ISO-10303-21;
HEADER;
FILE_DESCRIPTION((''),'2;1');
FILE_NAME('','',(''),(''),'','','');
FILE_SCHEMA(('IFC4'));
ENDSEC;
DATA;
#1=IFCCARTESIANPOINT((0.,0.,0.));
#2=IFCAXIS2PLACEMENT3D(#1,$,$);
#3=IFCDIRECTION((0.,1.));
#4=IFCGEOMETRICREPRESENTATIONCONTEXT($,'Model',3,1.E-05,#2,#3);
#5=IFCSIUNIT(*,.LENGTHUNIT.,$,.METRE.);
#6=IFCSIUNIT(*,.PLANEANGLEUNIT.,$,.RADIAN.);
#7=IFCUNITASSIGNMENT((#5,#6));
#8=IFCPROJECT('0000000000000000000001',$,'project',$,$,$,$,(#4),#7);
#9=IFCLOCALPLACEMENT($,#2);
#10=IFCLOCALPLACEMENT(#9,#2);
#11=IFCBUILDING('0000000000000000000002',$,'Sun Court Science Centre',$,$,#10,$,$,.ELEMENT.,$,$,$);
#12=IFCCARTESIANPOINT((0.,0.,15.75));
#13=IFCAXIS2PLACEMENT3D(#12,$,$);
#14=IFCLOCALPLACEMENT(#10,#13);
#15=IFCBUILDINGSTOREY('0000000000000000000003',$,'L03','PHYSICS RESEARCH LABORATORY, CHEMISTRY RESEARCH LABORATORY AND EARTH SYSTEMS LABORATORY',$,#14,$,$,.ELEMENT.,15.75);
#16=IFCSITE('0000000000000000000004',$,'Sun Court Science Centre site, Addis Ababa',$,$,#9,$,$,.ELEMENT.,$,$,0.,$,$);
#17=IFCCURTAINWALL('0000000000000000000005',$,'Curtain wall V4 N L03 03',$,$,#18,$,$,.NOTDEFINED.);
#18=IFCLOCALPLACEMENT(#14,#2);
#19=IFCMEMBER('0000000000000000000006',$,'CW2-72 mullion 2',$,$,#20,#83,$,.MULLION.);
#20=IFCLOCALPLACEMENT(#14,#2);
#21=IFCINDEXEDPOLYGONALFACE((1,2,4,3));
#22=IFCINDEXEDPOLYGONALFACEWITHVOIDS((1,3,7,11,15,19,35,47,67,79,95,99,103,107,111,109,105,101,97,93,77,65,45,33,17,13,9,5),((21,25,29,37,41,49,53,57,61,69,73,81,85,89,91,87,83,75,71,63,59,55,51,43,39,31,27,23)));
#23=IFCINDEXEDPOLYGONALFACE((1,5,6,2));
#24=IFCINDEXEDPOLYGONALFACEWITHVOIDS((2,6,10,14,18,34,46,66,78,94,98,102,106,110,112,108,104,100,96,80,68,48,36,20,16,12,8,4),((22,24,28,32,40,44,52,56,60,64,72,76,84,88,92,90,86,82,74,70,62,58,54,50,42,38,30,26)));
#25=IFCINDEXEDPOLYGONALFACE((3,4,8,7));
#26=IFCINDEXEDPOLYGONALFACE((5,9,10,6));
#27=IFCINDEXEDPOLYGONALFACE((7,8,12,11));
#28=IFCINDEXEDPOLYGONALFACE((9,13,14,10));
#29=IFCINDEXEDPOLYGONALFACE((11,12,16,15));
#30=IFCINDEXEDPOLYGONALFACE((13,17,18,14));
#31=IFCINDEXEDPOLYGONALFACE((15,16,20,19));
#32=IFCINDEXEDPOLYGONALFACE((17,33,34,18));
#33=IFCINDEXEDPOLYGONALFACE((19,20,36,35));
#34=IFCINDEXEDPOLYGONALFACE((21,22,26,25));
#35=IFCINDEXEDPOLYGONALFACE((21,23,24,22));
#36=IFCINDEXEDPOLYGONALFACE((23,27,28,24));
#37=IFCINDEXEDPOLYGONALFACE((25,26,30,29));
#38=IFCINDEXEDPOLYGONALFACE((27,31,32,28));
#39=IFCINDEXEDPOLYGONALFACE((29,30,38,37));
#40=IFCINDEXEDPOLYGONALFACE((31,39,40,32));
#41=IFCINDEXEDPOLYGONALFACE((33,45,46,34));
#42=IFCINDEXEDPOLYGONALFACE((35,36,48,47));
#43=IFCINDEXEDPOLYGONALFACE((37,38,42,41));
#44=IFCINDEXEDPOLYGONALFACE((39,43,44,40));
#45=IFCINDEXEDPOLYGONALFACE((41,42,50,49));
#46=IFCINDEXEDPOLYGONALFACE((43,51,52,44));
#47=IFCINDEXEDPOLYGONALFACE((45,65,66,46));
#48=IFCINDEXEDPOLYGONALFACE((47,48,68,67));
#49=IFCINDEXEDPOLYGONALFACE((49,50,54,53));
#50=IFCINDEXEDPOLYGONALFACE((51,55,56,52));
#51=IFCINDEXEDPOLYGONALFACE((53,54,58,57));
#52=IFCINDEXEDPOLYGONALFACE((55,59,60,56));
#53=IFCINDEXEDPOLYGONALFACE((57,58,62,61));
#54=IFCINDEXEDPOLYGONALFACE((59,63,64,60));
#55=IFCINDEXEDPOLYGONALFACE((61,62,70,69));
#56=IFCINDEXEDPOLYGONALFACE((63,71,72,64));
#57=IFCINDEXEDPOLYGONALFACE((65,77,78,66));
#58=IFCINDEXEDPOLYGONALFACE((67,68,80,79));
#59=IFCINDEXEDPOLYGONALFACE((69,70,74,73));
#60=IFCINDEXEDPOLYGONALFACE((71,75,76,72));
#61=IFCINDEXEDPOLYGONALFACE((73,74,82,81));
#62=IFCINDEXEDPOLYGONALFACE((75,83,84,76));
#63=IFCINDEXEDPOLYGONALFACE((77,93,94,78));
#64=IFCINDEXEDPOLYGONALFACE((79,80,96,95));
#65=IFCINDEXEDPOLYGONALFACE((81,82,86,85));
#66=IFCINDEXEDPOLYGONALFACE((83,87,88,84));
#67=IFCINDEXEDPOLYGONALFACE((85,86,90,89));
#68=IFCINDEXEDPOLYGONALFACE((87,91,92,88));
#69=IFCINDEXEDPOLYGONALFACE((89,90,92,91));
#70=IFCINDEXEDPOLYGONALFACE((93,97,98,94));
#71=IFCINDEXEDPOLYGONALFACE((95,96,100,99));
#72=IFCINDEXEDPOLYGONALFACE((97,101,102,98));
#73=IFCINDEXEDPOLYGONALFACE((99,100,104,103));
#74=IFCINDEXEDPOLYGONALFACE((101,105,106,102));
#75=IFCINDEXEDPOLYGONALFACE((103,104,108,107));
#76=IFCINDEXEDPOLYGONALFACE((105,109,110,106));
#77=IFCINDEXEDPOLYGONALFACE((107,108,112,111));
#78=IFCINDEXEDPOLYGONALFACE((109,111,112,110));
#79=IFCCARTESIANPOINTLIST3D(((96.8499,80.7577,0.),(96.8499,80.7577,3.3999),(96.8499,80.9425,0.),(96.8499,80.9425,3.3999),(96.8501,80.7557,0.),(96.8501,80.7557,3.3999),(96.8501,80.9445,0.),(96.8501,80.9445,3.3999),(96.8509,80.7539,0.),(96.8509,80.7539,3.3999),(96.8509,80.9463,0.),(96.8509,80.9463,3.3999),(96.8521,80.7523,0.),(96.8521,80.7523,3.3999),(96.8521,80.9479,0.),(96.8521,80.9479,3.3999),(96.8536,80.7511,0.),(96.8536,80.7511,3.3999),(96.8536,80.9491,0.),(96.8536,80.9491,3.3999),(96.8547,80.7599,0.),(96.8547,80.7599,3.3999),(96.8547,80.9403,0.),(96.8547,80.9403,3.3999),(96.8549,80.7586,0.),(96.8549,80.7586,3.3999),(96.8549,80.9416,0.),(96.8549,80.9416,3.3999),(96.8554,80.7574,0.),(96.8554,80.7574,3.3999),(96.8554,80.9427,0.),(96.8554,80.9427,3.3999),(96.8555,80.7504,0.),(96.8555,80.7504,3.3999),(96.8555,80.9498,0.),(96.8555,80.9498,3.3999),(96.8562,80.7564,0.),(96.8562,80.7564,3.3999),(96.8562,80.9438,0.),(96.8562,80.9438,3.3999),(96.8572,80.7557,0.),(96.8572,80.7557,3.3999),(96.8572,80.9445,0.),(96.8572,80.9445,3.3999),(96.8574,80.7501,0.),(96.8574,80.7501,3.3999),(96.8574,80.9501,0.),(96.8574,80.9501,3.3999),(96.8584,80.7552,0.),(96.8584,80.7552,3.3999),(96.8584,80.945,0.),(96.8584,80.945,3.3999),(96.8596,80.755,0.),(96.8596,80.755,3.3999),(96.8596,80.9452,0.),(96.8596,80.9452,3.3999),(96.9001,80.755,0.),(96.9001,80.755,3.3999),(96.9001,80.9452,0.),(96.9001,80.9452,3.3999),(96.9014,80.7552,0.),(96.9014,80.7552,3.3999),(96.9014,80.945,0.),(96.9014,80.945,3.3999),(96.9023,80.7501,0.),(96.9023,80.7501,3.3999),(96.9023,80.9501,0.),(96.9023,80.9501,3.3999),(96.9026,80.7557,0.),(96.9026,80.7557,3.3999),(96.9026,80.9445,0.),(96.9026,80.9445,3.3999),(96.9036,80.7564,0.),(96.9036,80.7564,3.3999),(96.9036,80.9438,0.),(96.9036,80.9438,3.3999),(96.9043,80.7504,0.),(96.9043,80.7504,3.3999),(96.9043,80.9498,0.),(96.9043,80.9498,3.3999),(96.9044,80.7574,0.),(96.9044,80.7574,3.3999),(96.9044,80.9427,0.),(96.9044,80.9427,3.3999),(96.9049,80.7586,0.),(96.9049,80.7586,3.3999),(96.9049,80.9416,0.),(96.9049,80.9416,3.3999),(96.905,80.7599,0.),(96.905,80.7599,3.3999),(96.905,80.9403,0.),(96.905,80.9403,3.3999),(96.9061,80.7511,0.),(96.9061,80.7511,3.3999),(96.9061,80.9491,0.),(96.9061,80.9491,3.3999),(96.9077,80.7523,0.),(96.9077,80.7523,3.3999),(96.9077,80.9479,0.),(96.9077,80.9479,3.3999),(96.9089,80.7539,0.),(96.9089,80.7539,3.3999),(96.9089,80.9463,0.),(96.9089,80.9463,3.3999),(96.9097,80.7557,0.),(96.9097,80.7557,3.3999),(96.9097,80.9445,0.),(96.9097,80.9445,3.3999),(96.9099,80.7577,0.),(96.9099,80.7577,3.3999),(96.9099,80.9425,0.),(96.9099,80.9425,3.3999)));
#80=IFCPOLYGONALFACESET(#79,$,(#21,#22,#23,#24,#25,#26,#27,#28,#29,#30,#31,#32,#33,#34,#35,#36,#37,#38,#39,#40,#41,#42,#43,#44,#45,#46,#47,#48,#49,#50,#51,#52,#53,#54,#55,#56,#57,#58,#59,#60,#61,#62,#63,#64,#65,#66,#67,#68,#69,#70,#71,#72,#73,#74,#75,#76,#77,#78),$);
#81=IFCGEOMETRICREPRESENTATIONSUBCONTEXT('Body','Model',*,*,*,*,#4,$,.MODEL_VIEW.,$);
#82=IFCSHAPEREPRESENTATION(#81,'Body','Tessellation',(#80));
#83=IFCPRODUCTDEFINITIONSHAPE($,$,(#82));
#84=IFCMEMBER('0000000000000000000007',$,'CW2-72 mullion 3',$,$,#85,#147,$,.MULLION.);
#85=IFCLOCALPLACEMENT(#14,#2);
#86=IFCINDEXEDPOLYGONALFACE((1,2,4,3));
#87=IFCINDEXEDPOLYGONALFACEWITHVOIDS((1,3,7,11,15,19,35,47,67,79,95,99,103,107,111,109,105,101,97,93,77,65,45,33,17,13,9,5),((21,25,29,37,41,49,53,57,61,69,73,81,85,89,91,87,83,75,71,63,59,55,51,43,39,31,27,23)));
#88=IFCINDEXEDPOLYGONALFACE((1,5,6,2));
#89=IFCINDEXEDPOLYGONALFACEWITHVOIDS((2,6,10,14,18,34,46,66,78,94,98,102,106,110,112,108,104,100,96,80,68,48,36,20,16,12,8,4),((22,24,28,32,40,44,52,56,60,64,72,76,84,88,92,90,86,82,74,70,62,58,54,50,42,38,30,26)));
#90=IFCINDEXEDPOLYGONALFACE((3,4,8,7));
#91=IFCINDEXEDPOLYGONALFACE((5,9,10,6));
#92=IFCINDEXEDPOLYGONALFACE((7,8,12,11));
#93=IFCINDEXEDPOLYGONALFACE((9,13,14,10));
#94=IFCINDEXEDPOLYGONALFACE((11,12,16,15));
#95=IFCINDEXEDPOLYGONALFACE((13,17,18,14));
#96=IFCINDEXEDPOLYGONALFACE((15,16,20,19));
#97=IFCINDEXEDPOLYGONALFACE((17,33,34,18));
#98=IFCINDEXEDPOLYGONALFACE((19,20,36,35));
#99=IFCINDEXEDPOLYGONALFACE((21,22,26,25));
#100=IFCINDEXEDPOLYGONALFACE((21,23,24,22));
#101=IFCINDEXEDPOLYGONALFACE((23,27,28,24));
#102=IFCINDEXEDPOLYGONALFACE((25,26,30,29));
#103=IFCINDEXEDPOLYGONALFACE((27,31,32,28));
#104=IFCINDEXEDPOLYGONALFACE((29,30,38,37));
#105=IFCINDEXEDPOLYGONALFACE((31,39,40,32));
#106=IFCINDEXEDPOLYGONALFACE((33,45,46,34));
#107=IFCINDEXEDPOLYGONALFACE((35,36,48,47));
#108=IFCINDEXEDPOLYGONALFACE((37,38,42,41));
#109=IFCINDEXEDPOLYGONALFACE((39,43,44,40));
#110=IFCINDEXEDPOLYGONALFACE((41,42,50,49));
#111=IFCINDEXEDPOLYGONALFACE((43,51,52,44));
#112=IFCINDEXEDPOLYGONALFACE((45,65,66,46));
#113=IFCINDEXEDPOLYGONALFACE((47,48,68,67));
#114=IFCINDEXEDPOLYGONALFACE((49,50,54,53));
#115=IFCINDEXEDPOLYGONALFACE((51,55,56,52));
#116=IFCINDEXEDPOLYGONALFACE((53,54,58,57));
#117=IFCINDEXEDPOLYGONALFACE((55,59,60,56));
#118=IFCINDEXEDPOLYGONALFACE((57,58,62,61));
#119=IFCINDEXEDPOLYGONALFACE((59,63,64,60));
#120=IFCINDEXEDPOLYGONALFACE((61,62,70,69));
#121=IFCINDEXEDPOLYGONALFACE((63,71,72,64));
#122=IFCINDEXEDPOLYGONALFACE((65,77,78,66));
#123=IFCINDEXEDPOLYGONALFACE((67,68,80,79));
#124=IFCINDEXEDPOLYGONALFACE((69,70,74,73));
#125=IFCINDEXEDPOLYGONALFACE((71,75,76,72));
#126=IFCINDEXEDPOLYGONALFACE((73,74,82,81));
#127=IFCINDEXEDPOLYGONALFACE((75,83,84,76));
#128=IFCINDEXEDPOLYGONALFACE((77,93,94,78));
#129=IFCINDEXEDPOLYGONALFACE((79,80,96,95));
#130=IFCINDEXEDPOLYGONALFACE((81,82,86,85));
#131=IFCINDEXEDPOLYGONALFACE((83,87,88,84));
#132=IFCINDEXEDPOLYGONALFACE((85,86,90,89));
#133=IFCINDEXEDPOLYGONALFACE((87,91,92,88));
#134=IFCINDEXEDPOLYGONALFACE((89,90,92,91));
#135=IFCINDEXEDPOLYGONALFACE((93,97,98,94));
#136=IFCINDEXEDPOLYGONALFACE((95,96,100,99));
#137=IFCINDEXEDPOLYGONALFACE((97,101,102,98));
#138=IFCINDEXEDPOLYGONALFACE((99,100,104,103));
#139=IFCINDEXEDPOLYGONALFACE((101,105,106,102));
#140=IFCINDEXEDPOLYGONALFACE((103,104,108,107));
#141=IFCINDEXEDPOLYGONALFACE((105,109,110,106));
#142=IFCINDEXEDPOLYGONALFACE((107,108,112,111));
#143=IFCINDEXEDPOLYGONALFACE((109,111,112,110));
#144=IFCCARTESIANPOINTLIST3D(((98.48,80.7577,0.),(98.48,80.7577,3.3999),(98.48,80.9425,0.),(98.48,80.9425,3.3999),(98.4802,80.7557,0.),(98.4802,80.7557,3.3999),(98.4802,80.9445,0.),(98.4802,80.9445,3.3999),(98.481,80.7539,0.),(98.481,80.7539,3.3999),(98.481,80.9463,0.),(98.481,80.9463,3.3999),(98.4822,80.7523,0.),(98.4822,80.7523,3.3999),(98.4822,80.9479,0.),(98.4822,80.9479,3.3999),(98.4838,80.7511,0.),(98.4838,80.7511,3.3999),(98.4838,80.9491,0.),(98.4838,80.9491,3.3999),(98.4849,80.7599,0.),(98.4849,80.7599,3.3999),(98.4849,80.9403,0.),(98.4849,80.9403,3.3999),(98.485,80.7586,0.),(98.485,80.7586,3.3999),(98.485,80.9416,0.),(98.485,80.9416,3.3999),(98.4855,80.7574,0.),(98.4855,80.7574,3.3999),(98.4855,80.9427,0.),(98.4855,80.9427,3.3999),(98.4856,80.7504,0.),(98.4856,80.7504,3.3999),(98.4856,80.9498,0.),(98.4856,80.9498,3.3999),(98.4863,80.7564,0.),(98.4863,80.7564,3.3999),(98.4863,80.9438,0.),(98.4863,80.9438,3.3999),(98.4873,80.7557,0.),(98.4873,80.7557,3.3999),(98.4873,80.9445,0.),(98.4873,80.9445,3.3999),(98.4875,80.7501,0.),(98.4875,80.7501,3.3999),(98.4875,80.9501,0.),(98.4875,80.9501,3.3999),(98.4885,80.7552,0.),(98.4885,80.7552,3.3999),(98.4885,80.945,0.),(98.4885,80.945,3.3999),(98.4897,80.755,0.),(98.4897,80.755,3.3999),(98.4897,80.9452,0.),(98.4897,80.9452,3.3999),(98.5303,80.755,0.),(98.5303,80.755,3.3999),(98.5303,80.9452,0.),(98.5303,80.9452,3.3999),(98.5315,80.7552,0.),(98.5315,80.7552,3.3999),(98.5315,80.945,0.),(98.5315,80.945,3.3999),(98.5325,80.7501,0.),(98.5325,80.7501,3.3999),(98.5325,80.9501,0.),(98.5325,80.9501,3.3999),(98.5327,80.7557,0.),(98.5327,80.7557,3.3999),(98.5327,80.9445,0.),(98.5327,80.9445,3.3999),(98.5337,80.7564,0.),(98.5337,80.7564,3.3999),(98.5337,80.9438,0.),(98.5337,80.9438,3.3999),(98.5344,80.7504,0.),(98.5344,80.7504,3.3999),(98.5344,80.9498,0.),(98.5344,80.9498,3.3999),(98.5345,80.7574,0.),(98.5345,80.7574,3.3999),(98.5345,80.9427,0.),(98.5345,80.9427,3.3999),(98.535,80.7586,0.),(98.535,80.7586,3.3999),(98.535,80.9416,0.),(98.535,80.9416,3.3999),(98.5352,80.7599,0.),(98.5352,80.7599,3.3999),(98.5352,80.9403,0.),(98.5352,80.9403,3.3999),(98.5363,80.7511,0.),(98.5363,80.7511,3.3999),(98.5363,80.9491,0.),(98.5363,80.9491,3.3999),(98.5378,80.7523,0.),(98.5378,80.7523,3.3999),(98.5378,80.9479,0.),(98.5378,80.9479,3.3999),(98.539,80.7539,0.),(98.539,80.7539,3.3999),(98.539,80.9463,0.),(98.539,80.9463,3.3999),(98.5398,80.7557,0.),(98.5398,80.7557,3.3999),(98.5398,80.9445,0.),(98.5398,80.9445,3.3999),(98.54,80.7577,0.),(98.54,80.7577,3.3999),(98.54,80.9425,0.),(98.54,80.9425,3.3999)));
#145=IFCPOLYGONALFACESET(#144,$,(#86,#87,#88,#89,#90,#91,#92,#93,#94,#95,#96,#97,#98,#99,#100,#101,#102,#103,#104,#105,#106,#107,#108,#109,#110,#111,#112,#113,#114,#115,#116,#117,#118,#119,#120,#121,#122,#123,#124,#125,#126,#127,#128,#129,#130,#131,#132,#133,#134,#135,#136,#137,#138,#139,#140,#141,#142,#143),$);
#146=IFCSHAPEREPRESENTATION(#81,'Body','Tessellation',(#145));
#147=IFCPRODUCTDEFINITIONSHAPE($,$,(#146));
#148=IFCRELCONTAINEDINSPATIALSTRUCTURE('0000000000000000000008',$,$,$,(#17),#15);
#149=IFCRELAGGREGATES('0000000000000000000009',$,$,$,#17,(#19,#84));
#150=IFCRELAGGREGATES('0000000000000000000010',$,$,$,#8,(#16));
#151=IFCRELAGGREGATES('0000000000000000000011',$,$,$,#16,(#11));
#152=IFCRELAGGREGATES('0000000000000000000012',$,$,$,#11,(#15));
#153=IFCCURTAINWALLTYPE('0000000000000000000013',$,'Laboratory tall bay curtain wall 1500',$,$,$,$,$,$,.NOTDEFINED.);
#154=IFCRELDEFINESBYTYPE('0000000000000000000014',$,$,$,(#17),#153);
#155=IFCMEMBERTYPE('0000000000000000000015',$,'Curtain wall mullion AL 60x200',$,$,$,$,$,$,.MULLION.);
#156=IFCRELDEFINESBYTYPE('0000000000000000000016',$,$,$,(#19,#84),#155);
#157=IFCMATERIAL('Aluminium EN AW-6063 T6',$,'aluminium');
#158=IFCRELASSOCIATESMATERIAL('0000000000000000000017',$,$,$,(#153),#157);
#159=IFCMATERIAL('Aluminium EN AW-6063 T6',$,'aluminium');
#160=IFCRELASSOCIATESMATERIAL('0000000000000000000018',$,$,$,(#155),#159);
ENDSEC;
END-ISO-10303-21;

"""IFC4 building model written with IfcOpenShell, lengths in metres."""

from ifc_helpers import new_model, si_unit, direction, frame, origin, origin_2d, place, context, subcontext, project, spatial, hollow_rectangle, extrude, material, material_profile, profile_set, type_object, element, aggregate, save


model = new_model("IFC4")

# Units and contexts
model_context = context("Model", 3, precision=1e-05, world=origin(), true_north=direction((0.0, 1.0)))
body_context = subcontext(model_context, "Body", "Model", "MODEL_VIEW")
ifc_project = project(units=[si_unit("LENGTHUNIT", "METRE"), si_unit("PLANEANGLEUNIT", "RADIAN")], contexts=[model_context])

# Site, building, storey
site_placement = place(None, origin())
site = spatial("IfcSite", under=ifc_project, at=site_placement, Name="Sun Court Science Centre site, Addis Ababa", CompositionType="ELEMENT", RefElevation=0.0)
building_placement = place(site_placement, origin())
building = spatial("IfcBuilding", under=site, at=building_placement, Name="Sun Court Science Centre", CompositionType="ELEMENT")
storey_placement = place(building_placement, frame((0.0, 0.0, 15.75)))
storey = spatial("IfcBuildingStorey", under=building, at=storey_placement, Name="L03", Description="PHYSICS RESEARCH LABORATORY, CHEMISTRY RESEARCH LABORATORY AND EARTH SYSTEMS LABORATORY", CompositionType="ELEMENT", Elevation=15.75)

# Shared definitions
ifc_material_1 = material(Name="Aluminium EN AW-6063 T6", Category="aluminium")
curtain_wall_type = type_object("IfcCurtainWallType", Name="Laboratory tall bay curtain wall 1500", PredefinedType="NOTDEFINED", material=ifc_material_1)
ifc_material_2 = material(Name="Aluminium EN AW-6063 T6", Category="aluminium")
ifc_material_profile_1 = material_profile(ifc_material_2, hollow_rectangle(XDim=0.0601, YDim=0.2, WallThickness=0.0049, InnerFilletRadius=0.0049, OuterFilletRadius=0.0076, at=origin_2d()), Name="AL 60x200x5")
ifc_profile_set_1 = profile_set([ifc_material_profile_1], Name="Aluminium EN AW-6063 T6")
member_type_1 = type_object("IfcMemberType", Name="Curtain wall mullion AL 60x200", PredefinedType="MULLION", material=ifc_profile_set_1)

# Curtain wall, members
curtain_wall_1_placement = place(storey_placement, origin())
curtain_wall_1 = element("IfcCurtainWall", 1, at=curtain_wall_1_placement, inside=storey, type_object=curtain_wall_type, Name="Curtain wall V4 N L03 03", PredefinedType="NOTDEFINED")
member_1_placement = place(storey_placement, frame((96.8799, 80.8501, 0.0), z_axis=(0.0, 0.0, 1.0), x_axis=(1.0, 0.0, 0.0)))
member_1 = element("IfcMember", 2, at=member_1_placement, type_object=member_type_1, Name="CW2-72 mullion 2", PredefinedType="MULLION", context=body_context, shape_type="SweptSolid", body=[
    extrude(hollow_rectangle(XDim=0.0601, YDim=0.2, WallThickness=0.0049, InnerFilletRadius=0.0049, OuterFilletRadius=0.0076, at=origin_2d()), origin(), (0.0, 0.0, 1.0), 3.3999),
])
member_2_placement = place(storey_placement, frame((98.51, 80.8501, 0.0), z_axis=(0.0, 0.0, 1.0), x_axis=(1.0, 0.0, 0.0)))
member_2 = element("IfcMember", 3, at=member_2_placement, type_object=member_type_1, Name="CW2-72 mullion 3", PredefinedType="MULLION", context=body_context, shape_type="SweptSolid", body=[
    extrude(hollow_rectangle(XDim=0.0601, YDim=0.2, WallThickness=0.0049, InnerFilletRadius=0.0049, OuterFilletRadius=0.0076, at=origin_2d()), origin(), (0.0, 0.0, 1.0), 3.3999),
])

aggregate(curtain_wall_1, [member_1, member_2])

save(model, "model.ifc")
